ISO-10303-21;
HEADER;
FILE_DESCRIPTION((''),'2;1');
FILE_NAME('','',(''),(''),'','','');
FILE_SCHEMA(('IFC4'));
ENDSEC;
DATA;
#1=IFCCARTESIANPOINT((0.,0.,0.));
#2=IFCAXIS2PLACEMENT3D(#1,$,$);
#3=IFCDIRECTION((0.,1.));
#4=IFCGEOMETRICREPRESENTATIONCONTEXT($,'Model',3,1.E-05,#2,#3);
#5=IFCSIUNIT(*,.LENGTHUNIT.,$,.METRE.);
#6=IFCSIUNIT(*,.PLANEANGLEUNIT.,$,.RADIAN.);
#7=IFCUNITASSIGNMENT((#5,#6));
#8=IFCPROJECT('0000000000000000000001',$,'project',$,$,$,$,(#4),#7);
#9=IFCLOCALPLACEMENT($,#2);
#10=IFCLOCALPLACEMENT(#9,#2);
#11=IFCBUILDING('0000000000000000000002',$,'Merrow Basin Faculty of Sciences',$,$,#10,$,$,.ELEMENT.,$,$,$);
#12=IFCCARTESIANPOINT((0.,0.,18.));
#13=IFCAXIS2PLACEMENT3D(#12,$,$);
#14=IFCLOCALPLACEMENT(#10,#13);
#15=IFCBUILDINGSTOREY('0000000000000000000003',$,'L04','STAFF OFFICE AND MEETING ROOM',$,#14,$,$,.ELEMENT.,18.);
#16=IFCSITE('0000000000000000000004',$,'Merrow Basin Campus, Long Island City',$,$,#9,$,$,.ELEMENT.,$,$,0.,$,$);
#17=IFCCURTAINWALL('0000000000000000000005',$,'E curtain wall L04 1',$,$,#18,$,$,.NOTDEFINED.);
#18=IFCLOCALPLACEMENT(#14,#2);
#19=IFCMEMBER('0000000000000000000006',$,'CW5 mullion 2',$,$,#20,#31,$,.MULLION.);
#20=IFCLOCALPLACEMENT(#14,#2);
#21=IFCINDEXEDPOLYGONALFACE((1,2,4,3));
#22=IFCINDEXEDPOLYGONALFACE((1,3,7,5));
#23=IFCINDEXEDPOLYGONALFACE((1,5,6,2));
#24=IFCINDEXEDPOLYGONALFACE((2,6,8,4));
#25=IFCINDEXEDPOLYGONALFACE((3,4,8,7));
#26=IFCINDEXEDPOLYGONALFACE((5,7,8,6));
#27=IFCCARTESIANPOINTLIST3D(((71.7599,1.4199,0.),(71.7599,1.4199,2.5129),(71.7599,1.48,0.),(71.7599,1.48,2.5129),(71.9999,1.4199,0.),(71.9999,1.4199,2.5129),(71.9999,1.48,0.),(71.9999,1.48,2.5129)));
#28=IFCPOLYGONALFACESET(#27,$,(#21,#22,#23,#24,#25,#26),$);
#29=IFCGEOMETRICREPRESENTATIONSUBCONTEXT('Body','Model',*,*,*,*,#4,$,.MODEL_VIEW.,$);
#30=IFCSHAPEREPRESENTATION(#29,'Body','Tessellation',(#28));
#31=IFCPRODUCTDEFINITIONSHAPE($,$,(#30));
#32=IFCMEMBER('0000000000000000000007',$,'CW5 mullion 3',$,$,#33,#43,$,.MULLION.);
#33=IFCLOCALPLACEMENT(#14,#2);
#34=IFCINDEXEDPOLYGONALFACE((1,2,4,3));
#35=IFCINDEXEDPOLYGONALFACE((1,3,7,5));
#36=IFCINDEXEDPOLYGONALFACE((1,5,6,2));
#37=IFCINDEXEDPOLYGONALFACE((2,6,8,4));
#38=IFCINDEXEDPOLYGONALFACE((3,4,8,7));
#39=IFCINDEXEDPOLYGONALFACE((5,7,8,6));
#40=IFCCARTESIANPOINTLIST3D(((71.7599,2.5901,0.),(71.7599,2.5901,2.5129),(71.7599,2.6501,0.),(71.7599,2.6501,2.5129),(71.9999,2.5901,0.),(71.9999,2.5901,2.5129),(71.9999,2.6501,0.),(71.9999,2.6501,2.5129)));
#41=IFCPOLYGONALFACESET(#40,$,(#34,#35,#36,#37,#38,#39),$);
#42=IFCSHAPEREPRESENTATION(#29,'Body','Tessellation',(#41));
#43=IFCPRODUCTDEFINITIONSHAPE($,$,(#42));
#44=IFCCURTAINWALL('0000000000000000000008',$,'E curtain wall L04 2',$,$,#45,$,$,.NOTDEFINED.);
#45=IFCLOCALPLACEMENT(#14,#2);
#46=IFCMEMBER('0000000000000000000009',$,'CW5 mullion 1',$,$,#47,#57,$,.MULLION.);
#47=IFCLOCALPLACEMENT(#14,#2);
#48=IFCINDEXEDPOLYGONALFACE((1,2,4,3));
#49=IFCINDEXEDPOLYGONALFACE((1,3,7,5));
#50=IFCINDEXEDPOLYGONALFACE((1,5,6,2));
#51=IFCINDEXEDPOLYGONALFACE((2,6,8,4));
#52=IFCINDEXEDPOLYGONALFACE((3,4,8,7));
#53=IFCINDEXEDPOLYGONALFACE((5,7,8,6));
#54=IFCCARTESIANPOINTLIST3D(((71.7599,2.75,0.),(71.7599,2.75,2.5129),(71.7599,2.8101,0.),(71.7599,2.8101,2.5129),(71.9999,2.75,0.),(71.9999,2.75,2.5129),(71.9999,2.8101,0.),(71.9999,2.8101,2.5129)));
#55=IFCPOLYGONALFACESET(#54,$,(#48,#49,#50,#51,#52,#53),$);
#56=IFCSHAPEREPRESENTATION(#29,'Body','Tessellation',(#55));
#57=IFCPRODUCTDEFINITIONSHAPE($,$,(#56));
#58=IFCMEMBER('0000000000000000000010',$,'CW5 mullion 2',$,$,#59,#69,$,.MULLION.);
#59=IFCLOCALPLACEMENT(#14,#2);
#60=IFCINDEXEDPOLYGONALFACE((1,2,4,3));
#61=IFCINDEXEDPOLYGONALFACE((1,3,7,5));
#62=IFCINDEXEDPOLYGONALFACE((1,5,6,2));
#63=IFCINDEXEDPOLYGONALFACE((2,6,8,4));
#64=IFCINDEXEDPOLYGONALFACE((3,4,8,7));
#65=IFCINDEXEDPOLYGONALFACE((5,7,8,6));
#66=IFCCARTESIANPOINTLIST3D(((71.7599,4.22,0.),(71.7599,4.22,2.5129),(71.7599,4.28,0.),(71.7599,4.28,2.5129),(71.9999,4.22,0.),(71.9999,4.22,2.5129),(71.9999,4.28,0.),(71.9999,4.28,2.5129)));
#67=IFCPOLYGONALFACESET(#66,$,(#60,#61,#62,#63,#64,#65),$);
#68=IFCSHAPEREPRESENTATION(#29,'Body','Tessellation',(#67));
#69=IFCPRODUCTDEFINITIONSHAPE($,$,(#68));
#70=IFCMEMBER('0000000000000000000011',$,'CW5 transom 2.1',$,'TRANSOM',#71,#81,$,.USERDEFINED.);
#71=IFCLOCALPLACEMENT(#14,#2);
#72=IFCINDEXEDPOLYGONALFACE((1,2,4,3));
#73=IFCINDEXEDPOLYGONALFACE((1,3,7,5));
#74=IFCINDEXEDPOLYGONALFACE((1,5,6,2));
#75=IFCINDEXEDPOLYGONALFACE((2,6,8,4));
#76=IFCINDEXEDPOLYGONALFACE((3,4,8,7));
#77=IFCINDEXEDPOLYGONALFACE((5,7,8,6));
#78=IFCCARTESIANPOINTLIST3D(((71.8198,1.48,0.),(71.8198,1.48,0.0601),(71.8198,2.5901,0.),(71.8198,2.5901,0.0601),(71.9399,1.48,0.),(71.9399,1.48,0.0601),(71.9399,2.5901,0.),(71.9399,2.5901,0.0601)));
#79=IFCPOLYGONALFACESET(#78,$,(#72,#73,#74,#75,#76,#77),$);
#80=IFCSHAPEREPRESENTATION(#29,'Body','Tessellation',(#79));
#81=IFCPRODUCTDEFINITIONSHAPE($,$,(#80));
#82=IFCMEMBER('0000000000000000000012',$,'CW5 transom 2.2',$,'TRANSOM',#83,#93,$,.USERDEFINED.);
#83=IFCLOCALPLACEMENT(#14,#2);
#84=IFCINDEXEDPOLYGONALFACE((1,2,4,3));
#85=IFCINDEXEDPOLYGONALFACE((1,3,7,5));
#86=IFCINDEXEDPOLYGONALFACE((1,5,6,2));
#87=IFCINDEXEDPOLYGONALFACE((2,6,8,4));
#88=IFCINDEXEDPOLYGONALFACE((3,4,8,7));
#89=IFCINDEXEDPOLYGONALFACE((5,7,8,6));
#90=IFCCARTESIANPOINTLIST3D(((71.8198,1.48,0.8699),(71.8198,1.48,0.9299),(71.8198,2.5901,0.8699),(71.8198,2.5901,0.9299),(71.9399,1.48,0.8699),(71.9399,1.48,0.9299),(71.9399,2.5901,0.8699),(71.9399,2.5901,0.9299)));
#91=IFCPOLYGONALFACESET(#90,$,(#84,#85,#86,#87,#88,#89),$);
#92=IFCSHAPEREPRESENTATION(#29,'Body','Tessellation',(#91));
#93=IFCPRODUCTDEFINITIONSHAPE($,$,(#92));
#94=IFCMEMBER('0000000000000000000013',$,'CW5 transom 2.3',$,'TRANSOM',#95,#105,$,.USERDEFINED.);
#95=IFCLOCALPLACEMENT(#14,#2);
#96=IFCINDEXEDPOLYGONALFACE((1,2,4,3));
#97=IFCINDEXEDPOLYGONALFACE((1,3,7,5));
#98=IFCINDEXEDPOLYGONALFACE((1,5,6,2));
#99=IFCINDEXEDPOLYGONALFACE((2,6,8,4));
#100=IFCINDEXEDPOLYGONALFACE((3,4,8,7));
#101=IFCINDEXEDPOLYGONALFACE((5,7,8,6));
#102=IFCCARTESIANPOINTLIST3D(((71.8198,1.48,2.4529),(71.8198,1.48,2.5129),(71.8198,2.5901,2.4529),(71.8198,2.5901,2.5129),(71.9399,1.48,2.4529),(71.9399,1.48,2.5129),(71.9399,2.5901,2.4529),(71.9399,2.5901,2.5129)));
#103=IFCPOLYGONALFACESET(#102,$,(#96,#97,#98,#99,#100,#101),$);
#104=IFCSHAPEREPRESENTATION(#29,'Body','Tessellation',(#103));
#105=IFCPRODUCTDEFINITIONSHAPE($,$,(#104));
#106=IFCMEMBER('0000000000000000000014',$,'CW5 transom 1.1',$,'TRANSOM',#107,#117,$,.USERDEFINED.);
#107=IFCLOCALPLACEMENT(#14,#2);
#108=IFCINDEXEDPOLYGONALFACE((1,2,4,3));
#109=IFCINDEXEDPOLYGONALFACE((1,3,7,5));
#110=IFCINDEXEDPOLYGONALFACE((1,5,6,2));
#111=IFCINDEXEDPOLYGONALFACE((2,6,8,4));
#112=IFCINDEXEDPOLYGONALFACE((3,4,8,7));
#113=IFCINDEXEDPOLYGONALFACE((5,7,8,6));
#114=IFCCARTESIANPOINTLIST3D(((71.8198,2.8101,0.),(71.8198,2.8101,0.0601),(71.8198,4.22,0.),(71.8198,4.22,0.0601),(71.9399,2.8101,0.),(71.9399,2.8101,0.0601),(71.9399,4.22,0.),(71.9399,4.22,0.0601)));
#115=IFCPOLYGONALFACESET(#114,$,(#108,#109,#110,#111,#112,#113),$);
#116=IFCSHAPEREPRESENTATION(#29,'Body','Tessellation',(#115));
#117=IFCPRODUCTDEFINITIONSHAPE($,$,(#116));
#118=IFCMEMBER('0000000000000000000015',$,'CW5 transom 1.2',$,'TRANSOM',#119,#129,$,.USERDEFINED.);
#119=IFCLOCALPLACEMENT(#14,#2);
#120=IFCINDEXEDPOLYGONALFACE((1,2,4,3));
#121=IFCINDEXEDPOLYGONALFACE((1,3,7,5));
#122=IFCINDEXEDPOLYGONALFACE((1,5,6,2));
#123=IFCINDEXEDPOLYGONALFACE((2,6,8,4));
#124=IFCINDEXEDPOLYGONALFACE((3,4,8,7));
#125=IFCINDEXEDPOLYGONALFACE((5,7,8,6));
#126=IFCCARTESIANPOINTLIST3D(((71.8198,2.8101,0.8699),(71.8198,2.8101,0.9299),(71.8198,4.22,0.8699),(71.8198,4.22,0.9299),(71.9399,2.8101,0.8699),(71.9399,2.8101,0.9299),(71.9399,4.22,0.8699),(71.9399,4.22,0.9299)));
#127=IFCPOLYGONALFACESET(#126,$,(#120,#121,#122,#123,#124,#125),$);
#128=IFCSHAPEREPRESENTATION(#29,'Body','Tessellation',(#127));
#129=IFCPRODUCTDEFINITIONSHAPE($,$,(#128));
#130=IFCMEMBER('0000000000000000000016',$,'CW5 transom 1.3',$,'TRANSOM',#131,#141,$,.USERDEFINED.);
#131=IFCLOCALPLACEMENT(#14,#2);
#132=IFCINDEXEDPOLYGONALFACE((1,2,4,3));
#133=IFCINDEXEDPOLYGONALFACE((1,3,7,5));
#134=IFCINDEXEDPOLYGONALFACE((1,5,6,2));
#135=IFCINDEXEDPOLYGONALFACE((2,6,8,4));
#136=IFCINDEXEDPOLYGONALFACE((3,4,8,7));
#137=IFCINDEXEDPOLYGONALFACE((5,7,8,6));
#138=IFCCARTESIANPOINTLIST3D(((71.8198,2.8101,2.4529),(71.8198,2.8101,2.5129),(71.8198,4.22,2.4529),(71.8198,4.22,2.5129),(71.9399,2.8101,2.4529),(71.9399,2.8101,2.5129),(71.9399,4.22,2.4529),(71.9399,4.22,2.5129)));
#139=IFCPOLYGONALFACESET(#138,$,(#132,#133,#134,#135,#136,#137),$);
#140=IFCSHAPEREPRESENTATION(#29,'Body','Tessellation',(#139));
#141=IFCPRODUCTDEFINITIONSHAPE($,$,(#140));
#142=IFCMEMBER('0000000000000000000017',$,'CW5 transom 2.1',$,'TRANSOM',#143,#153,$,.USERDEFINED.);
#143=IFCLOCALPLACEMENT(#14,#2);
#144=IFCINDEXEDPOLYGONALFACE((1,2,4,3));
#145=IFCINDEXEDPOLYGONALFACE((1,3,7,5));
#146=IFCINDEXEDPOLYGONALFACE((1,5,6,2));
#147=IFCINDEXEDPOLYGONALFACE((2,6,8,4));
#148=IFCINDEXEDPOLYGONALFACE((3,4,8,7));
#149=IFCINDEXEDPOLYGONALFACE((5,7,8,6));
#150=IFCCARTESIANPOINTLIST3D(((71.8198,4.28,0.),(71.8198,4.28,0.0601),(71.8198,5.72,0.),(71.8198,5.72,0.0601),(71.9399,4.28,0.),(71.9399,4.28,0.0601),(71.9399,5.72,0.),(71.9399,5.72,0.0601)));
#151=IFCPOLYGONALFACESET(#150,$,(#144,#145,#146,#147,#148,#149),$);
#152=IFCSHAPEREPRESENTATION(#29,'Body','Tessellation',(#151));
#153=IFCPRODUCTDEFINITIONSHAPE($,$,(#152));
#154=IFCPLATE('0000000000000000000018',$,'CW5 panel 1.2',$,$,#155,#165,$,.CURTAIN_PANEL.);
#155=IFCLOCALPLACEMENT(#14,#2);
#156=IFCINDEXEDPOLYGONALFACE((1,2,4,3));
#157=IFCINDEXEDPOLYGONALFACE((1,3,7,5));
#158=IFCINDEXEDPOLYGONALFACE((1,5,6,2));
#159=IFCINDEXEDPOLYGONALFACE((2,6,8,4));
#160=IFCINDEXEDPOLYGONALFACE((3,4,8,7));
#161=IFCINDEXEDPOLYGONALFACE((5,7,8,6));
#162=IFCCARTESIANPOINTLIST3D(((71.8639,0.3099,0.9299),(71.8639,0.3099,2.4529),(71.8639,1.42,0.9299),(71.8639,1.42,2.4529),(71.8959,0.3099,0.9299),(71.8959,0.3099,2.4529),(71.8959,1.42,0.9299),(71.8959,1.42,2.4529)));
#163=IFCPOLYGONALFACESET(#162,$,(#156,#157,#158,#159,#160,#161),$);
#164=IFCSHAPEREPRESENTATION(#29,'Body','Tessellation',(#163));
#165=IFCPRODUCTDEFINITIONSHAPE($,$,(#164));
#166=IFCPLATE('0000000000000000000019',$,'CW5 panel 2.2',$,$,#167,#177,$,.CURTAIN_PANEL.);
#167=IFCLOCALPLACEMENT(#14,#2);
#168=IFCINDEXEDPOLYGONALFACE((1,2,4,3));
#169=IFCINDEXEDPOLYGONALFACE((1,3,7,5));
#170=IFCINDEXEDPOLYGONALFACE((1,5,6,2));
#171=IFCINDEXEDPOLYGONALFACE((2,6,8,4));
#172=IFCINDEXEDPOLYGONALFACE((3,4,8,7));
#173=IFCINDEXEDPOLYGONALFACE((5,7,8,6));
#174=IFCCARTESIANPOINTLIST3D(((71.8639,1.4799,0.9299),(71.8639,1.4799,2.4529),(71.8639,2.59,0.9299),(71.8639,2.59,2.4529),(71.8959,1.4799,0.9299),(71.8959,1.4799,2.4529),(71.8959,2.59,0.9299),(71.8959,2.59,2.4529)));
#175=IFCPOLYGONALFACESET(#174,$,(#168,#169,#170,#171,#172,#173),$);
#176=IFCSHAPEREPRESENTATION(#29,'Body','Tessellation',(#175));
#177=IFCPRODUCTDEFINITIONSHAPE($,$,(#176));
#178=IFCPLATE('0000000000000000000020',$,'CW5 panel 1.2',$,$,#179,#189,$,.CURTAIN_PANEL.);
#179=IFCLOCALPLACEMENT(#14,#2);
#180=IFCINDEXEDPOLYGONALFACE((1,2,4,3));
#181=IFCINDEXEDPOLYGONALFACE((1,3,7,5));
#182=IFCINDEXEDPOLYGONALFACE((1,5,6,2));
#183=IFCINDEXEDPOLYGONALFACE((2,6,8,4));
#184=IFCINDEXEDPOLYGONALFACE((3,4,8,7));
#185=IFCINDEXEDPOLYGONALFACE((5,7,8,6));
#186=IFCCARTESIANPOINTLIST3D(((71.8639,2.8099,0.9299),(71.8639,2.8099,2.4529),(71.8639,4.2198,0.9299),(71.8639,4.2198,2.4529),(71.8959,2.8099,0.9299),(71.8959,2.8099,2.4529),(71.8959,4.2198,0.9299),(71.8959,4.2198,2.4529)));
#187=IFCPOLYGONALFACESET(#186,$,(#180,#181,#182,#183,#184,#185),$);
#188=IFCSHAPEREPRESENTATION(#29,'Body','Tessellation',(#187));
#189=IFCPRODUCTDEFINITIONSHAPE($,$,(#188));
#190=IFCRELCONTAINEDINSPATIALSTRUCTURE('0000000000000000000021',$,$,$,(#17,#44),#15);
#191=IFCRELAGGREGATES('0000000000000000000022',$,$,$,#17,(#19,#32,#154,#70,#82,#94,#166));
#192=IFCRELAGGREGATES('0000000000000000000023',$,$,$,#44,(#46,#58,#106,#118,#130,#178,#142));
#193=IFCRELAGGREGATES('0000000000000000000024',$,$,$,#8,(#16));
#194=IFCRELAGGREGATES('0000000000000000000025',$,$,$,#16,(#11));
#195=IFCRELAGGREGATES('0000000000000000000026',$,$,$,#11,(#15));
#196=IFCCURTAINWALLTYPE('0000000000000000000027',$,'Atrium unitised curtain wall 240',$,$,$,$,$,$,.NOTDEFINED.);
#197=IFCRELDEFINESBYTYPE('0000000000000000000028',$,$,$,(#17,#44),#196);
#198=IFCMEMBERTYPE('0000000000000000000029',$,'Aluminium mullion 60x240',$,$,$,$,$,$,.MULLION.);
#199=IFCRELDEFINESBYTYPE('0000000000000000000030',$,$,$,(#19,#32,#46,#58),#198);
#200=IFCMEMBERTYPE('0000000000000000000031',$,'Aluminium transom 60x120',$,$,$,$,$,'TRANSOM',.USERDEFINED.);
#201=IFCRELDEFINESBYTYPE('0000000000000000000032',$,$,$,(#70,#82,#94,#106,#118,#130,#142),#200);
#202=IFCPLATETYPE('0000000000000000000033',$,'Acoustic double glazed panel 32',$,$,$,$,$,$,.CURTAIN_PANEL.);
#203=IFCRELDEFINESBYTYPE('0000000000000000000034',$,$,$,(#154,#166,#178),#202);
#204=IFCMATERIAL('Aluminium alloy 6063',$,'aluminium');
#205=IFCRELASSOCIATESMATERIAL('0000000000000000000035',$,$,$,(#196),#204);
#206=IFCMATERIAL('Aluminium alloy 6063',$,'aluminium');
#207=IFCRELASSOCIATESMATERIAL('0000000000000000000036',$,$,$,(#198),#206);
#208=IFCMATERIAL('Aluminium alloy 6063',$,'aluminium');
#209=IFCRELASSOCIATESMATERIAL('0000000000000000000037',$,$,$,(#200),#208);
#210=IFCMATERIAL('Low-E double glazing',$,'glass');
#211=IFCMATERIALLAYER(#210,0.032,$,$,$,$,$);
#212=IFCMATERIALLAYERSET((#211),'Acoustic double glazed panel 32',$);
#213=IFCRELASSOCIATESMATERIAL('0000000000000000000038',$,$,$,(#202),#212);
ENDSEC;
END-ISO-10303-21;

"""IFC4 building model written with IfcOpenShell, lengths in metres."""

from ifc_helpers import new_model, si_unit, direction, frame, origin, origin_2d, place, context, subcontext, project, spatial, rectangle, extrude, material, layer, layer_set, material_profile, profile_set, type_object, element, aggregate, save


model = new_model("IFC4")

# Units and contexts
model_context = context("Model", 3, precision=1e-05, world=origin(), true_north=direction((0.0, 1.0)))
body_context = subcontext(model_context, "Body", "Model", "MODEL_VIEW")
ifc_project = project(units=[si_unit("LENGTHUNIT", "METRE"), si_unit("PLANEANGLEUNIT", "RADIAN")], contexts=[model_context])

# Site, building, storey
site_placement = place(None, origin())
site = spatial("IfcSite", under=ifc_project, at=site_placement, Name="Merrow Basin Campus, Long Island City", CompositionType="ELEMENT", RefElevation=0.0)
building_placement = place(site_placement, origin())
building = spatial("IfcBuilding", under=site, at=building_placement, Name="Merrow Basin Faculty of Sciences", CompositionType="ELEMENT")
storey_placement = place(building_placement, frame((0.0, 0.0, 18.0)))
storey = spatial("IfcBuildingStorey", under=building, at=storey_placement, Name="L04", Description="STAFF OFFICE AND MEETING ROOM", CompositionType="ELEMENT", Elevation=18.0)

# Curtain walls, members
ifc_material_1 = material(Name="Aluminium alloy 6063", Category="aluminium")
curtain_wall_type = type_object("IfcCurtainWallType", Name="Atrium unitised curtain wall 240", PredefinedType="NOTDEFINED", material=ifc_material_1)
curtain_wall_1_placement = place(storey_placement, origin())
curtain_wall_1 = element("IfcCurtainWall", 1, at=curtain_wall_1_placement, inside=storey, type_object=curtain_wall_type, Name="E curtain wall L04 1", PredefinedType="NOTDEFINED")
ifc_material_2 = material(Name="Aluminium alloy 6063", Category="aluminium")
ifc_material_profile_1 = material_profile(ifc_material_2, rectangle(XDim=0.24, YDim=0.0601, at=origin_2d()))
ifc_profile_set_1 = profile_set([ifc_material_profile_1], Name="Aluminium alloy 6063")
member_type_1 = type_object("IfcMemberType", Name="Aluminium mullion 60x240", PredefinedType="MULLION", material=ifc_profile_set_1)
member_1_placement = place(storey_placement, frame((71.8799, 1.45, 0.0), z_axis=(0.0, 0.0, 1.0), x_axis=(-1.0, 0.0, 0.0)))
member_1 = element("IfcMember", 2, at=member_1_placement, type_object=member_type_1, Name="CW5 mullion 2", PredefinedType="MULLION", context=body_context, shape_type="SweptSolid", body=[
    extrude(rectangle(XDim=0.24, YDim=0.0601, at=origin_2d()), origin(), (0.0, 0.0, 1.0), 2.5129),
])
member_2_placement = place(storey_placement, frame((71.8799, 2.6201, 0.0), z_axis=(0.0, 0.0, 1.0), x_axis=(-1.0, 0.0, 0.0)))
member_2 = element("IfcMember", 3, at=member_2_placement, type_object=member_type_1, Name="CW5 mullion 3", PredefinedType="MULLION", context=body_context, shape_type="SweptSolid", body=[
    extrude(rectangle(XDim=0.24, YDim=0.0601, at=origin_2d()), origin(), (0.0, 0.0, 1.0), 2.5129),
])
curtain_wall_2_placement = place(storey_placement, origin())
curtain_wall_2 = element("IfcCurtainWall", 4, at=curtain_wall_2_placement, inside=storey, type_object=curtain_wall_type, Name="E curtain wall L04 2", PredefinedType="NOTDEFINED")
member_3_placement = place(storey_placement, frame((71.8799, 2.78, 0.0), z_axis=(0.0, 0.0, 1.0), x_axis=(-1.0, 0.0, 0.0)))
member_3 = element("IfcMember", 5, at=member_3_placement, type_object=member_type_1, Name="CW5 mullion 1", PredefinedType="MULLION", context=body_context, shape_type="SweptSolid", body=[
    extrude(rectangle(XDim=0.24, YDim=0.0601, at=origin_2d()), origin(), (0.0, 0.0, 1.0), 2.5129),
])
member_4_placement = place(storey_placement, frame((71.8799, 4.25, 0.0), z_axis=(0.0, 0.0, 1.0), x_axis=(-1.0, 0.0, 0.0)))
member_4 = element("IfcMember", 6, at=member_4_placement, type_object=member_type_1, Name="CW5 mullion 2", PredefinedType="MULLION", context=body_context, shape_type="SweptSolid", body=[
    extrude(rectangle(XDim=0.24, YDim=0.0601, at=origin_2d()), origin(), (0.0, 0.0, 1.0), 2.5129),
])

# Members
ifc_material_3 = material(Name="Aluminium alloy 6063", Category="aluminium")
ifc_material_profile_2 = material_profile(ifc_material_3, rectangle(XDim=0.1201, YDim=0.0601, at=origin_2d()))
ifc_profile_set_2 = profile_set([ifc_material_profile_2], Name="Aluminium alloy 6063")
member_type_2 = type_object("IfcMemberType", Name="Aluminium transom 60x120", ElementType="TRANSOM", PredefinedType="USERDEFINED", material=ifc_profile_set_2)
member_5_placement = place(storey_placement, frame((71.8799, 1.48, 0.03), z_axis=(0.0, 1.0, 0.0), x_axis=(-1.0, 0.0, 0.0)))
member_5 = element("IfcMember", 7, at=member_5_placement, type_object=member_type_2, Name="CW5 transom 2.1", ObjectType="TRANSOM", PredefinedType="USERDEFINED", context=body_context, shape_type="SweptSolid", body=[
    extrude(rectangle(XDim=0.1201, YDim=0.0601, at=origin_2d()), origin(), (0.0, 0.0, 1.0), 1.1101),
])
member_6_placement = place(storey_placement, frame((71.8799, 1.48, 0.8999), z_axis=(0.0, 1.0, 0.0), x_axis=(-1.0, 0.0, 0.0)))
member_6 = element("IfcMember", 8, at=member_6_placement, type_object=member_type_2, Name="CW5 transom 2.2", ObjectType="TRANSOM", PredefinedType="USERDEFINED", context=body_context, shape_type="SweptSolid", body=[
    extrude(rectangle(XDim=0.1201, YDim=0.0601, at=origin_2d()), origin(), (0.0, 0.0, 1.0), 1.1101),
])
member_7_placement = place(storey_placement, frame((71.8799, 1.48, 2.4829), z_axis=(0.0, 1.0, 0.0), x_axis=(-1.0, 0.0, 0.0)))
member_7 = element("IfcMember", 9, at=member_7_placement, type_object=member_type_2, Name="CW5 transom 2.3", ObjectType="TRANSOM", PredefinedType="USERDEFINED", context=body_context, shape_type="SweptSolid", body=[
    extrude(rectangle(XDim=0.1201, YDim=0.0601, at=origin_2d()), origin(), (0.0, 0.0, 1.0), 1.1101),
])
member_8_placement = place(storey_placement, frame((71.8799, 2.8101, 0.03), z_axis=(0.0, 1.0, 0.0), x_axis=(-1.0, 0.0, 0.0)))
member_8 = element("IfcMember", 10, at=member_8_placement, type_object=member_type_2, Name="CW5 transom 1.1", ObjectType="TRANSOM", PredefinedType="USERDEFINED", context=body_context, shape_type="SweptSolid", body=[
    extrude(rectangle(XDim=0.1201, YDim=0.0601, at=origin_2d()), origin(), (0.0, 0.0, 1.0), 1.4099),
])
member_9_placement = place(storey_placement, frame((71.8799, 2.8101, 0.8999), z_axis=(0.0, 1.0, 0.0), x_axis=(-1.0, 0.0, 0.0)))
member_9 = element("IfcMember", 11, at=member_9_placement, type_object=member_type_2, Name="CW5 transom 1.2", ObjectType="TRANSOM", PredefinedType="USERDEFINED", context=body_context, shape_type="SweptSolid", body=[
    extrude(rectangle(XDim=0.1201, YDim=0.0601, at=origin_2d()), origin(), (0.0, 0.0, 1.0), 1.4099),
])
member_10_placement = place(storey_placement, frame((71.8799, 2.8101, 2.4829), z_axis=(0.0, 1.0, 0.0), x_axis=(-1.0, 0.0, 0.0)))
member_10 = element("IfcMember", 12, at=member_10_placement, type_object=member_type_2, Name="CW5 transom 1.3", ObjectType="TRANSOM", PredefinedType="USERDEFINED", context=body_context, shape_type="SweptSolid", body=[
    extrude(rectangle(XDim=0.1201, YDim=0.0601, at=origin_2d()), origin(), (0.0, 0.0, 1.0), 1.4099),
])
member_11_placement = place(storey_placement, frame((71.8799, 4.28, 0.03), z_axis=(0.0, 1.0, 0.0), x_axis=(-1.0, 0.0, 0.0)))
member_11 = element("IfcMember", 13, at=member_11_placement, type_object=member_type_2, Name="CW5 transom 2.1", ObjectType="TRANSOM", PredefinedType="USERDEFINED", context=body_context, shape_type="SweptSolid", body=[
    extrude(rectangle(XDim=0.1201, YDim=0.0601, at=origin_2d()), origin(), (0.0, 0.0, 1.0), 1.4399),
])

# Plates
ifc_material_4 = material(Name="Low-E double glazing", Category="glass")
ifc_layer_1 = layer(ifc_material_4, 0.032)
ifc_layer_set_1 = layer_set([ifc_layer_1], Name="Acoustic double glazed panel 32")
plate_type_1 = type_object("IfcPlateType", Name="Acoustic double glazed panel 32", PredefinedType="CURTAIN_PANEL", material=ifc_layer_set_1)
plate_1_placement = place(storey_placement, frame((71.8799, 0.865, 0.9299), z_axis=(0.0, 0.0, 1.0), x_axis=(0.0, 1.0, 0.0)))
plate_1 = element("IfcPlate", 14, at=plate_1_placement, type_object=plate_type_1, Name="CW5 panel 1.2", PredefinedType="CURTAIN_PANEL", context=body_context, shape_type="SweptSolid", body=[
    extrude(rectangle(XDim=1.1101, YDim=0.032, at=origin_2d()), origin(), (0.0, 0.0, 1.0), 1.5229),
])
plate_2_placement = place(storey_placement, frame((71.8799, 2.0349, 0.9299), z_axis=(0.0, 0.0, 1.0), x_axis=(0.0, 1.0, 0.0)))
plate_2 = element("IfcPlate", 15, at=plate_2_placement, type_object=plate_type_1, Name="CW5 panel 2.2", PredefinedType="CURTAIN_PANEL", context=body_context, shape_type="SweptSolid", body=[
    extrude(rectangle(XDim=1.1101, YDim=0.032, at=origin_2d()), origin(), (0.0, 0.0, 1.0), 1.5229),
])
plate_3_placement = place(storey_placement, frame((71.8799, 3.5149, 0.9299), z_axis=(0.0, 0.0, 1.0), x_axis=(0.0, 1.0, 0.0)))
plate_3 = element("IfcPlate", 16, at=plate_3_placement, type_object=plate_type_1, Name="CW5 panel 1.2", PredefinedType="CURTAIN_PANEL", context=body_context, shape_type="SweptSolid", body=[
    extrude(rectangle(XDim=1.4099, YDim=0.032, at=origin_2d()), origin(), (0.0, 0.0, 1.0), 1.5229),
])
aggregate(curtain_wall_1, [member_1, member_2, plate_1, member_5, member_6, member_7, plate_2])
aggregate(curtain_wall_2, [member_3, member_4, member_8, member_9, member_10, plate_3, member_11])

save(model, "model.ifc")
